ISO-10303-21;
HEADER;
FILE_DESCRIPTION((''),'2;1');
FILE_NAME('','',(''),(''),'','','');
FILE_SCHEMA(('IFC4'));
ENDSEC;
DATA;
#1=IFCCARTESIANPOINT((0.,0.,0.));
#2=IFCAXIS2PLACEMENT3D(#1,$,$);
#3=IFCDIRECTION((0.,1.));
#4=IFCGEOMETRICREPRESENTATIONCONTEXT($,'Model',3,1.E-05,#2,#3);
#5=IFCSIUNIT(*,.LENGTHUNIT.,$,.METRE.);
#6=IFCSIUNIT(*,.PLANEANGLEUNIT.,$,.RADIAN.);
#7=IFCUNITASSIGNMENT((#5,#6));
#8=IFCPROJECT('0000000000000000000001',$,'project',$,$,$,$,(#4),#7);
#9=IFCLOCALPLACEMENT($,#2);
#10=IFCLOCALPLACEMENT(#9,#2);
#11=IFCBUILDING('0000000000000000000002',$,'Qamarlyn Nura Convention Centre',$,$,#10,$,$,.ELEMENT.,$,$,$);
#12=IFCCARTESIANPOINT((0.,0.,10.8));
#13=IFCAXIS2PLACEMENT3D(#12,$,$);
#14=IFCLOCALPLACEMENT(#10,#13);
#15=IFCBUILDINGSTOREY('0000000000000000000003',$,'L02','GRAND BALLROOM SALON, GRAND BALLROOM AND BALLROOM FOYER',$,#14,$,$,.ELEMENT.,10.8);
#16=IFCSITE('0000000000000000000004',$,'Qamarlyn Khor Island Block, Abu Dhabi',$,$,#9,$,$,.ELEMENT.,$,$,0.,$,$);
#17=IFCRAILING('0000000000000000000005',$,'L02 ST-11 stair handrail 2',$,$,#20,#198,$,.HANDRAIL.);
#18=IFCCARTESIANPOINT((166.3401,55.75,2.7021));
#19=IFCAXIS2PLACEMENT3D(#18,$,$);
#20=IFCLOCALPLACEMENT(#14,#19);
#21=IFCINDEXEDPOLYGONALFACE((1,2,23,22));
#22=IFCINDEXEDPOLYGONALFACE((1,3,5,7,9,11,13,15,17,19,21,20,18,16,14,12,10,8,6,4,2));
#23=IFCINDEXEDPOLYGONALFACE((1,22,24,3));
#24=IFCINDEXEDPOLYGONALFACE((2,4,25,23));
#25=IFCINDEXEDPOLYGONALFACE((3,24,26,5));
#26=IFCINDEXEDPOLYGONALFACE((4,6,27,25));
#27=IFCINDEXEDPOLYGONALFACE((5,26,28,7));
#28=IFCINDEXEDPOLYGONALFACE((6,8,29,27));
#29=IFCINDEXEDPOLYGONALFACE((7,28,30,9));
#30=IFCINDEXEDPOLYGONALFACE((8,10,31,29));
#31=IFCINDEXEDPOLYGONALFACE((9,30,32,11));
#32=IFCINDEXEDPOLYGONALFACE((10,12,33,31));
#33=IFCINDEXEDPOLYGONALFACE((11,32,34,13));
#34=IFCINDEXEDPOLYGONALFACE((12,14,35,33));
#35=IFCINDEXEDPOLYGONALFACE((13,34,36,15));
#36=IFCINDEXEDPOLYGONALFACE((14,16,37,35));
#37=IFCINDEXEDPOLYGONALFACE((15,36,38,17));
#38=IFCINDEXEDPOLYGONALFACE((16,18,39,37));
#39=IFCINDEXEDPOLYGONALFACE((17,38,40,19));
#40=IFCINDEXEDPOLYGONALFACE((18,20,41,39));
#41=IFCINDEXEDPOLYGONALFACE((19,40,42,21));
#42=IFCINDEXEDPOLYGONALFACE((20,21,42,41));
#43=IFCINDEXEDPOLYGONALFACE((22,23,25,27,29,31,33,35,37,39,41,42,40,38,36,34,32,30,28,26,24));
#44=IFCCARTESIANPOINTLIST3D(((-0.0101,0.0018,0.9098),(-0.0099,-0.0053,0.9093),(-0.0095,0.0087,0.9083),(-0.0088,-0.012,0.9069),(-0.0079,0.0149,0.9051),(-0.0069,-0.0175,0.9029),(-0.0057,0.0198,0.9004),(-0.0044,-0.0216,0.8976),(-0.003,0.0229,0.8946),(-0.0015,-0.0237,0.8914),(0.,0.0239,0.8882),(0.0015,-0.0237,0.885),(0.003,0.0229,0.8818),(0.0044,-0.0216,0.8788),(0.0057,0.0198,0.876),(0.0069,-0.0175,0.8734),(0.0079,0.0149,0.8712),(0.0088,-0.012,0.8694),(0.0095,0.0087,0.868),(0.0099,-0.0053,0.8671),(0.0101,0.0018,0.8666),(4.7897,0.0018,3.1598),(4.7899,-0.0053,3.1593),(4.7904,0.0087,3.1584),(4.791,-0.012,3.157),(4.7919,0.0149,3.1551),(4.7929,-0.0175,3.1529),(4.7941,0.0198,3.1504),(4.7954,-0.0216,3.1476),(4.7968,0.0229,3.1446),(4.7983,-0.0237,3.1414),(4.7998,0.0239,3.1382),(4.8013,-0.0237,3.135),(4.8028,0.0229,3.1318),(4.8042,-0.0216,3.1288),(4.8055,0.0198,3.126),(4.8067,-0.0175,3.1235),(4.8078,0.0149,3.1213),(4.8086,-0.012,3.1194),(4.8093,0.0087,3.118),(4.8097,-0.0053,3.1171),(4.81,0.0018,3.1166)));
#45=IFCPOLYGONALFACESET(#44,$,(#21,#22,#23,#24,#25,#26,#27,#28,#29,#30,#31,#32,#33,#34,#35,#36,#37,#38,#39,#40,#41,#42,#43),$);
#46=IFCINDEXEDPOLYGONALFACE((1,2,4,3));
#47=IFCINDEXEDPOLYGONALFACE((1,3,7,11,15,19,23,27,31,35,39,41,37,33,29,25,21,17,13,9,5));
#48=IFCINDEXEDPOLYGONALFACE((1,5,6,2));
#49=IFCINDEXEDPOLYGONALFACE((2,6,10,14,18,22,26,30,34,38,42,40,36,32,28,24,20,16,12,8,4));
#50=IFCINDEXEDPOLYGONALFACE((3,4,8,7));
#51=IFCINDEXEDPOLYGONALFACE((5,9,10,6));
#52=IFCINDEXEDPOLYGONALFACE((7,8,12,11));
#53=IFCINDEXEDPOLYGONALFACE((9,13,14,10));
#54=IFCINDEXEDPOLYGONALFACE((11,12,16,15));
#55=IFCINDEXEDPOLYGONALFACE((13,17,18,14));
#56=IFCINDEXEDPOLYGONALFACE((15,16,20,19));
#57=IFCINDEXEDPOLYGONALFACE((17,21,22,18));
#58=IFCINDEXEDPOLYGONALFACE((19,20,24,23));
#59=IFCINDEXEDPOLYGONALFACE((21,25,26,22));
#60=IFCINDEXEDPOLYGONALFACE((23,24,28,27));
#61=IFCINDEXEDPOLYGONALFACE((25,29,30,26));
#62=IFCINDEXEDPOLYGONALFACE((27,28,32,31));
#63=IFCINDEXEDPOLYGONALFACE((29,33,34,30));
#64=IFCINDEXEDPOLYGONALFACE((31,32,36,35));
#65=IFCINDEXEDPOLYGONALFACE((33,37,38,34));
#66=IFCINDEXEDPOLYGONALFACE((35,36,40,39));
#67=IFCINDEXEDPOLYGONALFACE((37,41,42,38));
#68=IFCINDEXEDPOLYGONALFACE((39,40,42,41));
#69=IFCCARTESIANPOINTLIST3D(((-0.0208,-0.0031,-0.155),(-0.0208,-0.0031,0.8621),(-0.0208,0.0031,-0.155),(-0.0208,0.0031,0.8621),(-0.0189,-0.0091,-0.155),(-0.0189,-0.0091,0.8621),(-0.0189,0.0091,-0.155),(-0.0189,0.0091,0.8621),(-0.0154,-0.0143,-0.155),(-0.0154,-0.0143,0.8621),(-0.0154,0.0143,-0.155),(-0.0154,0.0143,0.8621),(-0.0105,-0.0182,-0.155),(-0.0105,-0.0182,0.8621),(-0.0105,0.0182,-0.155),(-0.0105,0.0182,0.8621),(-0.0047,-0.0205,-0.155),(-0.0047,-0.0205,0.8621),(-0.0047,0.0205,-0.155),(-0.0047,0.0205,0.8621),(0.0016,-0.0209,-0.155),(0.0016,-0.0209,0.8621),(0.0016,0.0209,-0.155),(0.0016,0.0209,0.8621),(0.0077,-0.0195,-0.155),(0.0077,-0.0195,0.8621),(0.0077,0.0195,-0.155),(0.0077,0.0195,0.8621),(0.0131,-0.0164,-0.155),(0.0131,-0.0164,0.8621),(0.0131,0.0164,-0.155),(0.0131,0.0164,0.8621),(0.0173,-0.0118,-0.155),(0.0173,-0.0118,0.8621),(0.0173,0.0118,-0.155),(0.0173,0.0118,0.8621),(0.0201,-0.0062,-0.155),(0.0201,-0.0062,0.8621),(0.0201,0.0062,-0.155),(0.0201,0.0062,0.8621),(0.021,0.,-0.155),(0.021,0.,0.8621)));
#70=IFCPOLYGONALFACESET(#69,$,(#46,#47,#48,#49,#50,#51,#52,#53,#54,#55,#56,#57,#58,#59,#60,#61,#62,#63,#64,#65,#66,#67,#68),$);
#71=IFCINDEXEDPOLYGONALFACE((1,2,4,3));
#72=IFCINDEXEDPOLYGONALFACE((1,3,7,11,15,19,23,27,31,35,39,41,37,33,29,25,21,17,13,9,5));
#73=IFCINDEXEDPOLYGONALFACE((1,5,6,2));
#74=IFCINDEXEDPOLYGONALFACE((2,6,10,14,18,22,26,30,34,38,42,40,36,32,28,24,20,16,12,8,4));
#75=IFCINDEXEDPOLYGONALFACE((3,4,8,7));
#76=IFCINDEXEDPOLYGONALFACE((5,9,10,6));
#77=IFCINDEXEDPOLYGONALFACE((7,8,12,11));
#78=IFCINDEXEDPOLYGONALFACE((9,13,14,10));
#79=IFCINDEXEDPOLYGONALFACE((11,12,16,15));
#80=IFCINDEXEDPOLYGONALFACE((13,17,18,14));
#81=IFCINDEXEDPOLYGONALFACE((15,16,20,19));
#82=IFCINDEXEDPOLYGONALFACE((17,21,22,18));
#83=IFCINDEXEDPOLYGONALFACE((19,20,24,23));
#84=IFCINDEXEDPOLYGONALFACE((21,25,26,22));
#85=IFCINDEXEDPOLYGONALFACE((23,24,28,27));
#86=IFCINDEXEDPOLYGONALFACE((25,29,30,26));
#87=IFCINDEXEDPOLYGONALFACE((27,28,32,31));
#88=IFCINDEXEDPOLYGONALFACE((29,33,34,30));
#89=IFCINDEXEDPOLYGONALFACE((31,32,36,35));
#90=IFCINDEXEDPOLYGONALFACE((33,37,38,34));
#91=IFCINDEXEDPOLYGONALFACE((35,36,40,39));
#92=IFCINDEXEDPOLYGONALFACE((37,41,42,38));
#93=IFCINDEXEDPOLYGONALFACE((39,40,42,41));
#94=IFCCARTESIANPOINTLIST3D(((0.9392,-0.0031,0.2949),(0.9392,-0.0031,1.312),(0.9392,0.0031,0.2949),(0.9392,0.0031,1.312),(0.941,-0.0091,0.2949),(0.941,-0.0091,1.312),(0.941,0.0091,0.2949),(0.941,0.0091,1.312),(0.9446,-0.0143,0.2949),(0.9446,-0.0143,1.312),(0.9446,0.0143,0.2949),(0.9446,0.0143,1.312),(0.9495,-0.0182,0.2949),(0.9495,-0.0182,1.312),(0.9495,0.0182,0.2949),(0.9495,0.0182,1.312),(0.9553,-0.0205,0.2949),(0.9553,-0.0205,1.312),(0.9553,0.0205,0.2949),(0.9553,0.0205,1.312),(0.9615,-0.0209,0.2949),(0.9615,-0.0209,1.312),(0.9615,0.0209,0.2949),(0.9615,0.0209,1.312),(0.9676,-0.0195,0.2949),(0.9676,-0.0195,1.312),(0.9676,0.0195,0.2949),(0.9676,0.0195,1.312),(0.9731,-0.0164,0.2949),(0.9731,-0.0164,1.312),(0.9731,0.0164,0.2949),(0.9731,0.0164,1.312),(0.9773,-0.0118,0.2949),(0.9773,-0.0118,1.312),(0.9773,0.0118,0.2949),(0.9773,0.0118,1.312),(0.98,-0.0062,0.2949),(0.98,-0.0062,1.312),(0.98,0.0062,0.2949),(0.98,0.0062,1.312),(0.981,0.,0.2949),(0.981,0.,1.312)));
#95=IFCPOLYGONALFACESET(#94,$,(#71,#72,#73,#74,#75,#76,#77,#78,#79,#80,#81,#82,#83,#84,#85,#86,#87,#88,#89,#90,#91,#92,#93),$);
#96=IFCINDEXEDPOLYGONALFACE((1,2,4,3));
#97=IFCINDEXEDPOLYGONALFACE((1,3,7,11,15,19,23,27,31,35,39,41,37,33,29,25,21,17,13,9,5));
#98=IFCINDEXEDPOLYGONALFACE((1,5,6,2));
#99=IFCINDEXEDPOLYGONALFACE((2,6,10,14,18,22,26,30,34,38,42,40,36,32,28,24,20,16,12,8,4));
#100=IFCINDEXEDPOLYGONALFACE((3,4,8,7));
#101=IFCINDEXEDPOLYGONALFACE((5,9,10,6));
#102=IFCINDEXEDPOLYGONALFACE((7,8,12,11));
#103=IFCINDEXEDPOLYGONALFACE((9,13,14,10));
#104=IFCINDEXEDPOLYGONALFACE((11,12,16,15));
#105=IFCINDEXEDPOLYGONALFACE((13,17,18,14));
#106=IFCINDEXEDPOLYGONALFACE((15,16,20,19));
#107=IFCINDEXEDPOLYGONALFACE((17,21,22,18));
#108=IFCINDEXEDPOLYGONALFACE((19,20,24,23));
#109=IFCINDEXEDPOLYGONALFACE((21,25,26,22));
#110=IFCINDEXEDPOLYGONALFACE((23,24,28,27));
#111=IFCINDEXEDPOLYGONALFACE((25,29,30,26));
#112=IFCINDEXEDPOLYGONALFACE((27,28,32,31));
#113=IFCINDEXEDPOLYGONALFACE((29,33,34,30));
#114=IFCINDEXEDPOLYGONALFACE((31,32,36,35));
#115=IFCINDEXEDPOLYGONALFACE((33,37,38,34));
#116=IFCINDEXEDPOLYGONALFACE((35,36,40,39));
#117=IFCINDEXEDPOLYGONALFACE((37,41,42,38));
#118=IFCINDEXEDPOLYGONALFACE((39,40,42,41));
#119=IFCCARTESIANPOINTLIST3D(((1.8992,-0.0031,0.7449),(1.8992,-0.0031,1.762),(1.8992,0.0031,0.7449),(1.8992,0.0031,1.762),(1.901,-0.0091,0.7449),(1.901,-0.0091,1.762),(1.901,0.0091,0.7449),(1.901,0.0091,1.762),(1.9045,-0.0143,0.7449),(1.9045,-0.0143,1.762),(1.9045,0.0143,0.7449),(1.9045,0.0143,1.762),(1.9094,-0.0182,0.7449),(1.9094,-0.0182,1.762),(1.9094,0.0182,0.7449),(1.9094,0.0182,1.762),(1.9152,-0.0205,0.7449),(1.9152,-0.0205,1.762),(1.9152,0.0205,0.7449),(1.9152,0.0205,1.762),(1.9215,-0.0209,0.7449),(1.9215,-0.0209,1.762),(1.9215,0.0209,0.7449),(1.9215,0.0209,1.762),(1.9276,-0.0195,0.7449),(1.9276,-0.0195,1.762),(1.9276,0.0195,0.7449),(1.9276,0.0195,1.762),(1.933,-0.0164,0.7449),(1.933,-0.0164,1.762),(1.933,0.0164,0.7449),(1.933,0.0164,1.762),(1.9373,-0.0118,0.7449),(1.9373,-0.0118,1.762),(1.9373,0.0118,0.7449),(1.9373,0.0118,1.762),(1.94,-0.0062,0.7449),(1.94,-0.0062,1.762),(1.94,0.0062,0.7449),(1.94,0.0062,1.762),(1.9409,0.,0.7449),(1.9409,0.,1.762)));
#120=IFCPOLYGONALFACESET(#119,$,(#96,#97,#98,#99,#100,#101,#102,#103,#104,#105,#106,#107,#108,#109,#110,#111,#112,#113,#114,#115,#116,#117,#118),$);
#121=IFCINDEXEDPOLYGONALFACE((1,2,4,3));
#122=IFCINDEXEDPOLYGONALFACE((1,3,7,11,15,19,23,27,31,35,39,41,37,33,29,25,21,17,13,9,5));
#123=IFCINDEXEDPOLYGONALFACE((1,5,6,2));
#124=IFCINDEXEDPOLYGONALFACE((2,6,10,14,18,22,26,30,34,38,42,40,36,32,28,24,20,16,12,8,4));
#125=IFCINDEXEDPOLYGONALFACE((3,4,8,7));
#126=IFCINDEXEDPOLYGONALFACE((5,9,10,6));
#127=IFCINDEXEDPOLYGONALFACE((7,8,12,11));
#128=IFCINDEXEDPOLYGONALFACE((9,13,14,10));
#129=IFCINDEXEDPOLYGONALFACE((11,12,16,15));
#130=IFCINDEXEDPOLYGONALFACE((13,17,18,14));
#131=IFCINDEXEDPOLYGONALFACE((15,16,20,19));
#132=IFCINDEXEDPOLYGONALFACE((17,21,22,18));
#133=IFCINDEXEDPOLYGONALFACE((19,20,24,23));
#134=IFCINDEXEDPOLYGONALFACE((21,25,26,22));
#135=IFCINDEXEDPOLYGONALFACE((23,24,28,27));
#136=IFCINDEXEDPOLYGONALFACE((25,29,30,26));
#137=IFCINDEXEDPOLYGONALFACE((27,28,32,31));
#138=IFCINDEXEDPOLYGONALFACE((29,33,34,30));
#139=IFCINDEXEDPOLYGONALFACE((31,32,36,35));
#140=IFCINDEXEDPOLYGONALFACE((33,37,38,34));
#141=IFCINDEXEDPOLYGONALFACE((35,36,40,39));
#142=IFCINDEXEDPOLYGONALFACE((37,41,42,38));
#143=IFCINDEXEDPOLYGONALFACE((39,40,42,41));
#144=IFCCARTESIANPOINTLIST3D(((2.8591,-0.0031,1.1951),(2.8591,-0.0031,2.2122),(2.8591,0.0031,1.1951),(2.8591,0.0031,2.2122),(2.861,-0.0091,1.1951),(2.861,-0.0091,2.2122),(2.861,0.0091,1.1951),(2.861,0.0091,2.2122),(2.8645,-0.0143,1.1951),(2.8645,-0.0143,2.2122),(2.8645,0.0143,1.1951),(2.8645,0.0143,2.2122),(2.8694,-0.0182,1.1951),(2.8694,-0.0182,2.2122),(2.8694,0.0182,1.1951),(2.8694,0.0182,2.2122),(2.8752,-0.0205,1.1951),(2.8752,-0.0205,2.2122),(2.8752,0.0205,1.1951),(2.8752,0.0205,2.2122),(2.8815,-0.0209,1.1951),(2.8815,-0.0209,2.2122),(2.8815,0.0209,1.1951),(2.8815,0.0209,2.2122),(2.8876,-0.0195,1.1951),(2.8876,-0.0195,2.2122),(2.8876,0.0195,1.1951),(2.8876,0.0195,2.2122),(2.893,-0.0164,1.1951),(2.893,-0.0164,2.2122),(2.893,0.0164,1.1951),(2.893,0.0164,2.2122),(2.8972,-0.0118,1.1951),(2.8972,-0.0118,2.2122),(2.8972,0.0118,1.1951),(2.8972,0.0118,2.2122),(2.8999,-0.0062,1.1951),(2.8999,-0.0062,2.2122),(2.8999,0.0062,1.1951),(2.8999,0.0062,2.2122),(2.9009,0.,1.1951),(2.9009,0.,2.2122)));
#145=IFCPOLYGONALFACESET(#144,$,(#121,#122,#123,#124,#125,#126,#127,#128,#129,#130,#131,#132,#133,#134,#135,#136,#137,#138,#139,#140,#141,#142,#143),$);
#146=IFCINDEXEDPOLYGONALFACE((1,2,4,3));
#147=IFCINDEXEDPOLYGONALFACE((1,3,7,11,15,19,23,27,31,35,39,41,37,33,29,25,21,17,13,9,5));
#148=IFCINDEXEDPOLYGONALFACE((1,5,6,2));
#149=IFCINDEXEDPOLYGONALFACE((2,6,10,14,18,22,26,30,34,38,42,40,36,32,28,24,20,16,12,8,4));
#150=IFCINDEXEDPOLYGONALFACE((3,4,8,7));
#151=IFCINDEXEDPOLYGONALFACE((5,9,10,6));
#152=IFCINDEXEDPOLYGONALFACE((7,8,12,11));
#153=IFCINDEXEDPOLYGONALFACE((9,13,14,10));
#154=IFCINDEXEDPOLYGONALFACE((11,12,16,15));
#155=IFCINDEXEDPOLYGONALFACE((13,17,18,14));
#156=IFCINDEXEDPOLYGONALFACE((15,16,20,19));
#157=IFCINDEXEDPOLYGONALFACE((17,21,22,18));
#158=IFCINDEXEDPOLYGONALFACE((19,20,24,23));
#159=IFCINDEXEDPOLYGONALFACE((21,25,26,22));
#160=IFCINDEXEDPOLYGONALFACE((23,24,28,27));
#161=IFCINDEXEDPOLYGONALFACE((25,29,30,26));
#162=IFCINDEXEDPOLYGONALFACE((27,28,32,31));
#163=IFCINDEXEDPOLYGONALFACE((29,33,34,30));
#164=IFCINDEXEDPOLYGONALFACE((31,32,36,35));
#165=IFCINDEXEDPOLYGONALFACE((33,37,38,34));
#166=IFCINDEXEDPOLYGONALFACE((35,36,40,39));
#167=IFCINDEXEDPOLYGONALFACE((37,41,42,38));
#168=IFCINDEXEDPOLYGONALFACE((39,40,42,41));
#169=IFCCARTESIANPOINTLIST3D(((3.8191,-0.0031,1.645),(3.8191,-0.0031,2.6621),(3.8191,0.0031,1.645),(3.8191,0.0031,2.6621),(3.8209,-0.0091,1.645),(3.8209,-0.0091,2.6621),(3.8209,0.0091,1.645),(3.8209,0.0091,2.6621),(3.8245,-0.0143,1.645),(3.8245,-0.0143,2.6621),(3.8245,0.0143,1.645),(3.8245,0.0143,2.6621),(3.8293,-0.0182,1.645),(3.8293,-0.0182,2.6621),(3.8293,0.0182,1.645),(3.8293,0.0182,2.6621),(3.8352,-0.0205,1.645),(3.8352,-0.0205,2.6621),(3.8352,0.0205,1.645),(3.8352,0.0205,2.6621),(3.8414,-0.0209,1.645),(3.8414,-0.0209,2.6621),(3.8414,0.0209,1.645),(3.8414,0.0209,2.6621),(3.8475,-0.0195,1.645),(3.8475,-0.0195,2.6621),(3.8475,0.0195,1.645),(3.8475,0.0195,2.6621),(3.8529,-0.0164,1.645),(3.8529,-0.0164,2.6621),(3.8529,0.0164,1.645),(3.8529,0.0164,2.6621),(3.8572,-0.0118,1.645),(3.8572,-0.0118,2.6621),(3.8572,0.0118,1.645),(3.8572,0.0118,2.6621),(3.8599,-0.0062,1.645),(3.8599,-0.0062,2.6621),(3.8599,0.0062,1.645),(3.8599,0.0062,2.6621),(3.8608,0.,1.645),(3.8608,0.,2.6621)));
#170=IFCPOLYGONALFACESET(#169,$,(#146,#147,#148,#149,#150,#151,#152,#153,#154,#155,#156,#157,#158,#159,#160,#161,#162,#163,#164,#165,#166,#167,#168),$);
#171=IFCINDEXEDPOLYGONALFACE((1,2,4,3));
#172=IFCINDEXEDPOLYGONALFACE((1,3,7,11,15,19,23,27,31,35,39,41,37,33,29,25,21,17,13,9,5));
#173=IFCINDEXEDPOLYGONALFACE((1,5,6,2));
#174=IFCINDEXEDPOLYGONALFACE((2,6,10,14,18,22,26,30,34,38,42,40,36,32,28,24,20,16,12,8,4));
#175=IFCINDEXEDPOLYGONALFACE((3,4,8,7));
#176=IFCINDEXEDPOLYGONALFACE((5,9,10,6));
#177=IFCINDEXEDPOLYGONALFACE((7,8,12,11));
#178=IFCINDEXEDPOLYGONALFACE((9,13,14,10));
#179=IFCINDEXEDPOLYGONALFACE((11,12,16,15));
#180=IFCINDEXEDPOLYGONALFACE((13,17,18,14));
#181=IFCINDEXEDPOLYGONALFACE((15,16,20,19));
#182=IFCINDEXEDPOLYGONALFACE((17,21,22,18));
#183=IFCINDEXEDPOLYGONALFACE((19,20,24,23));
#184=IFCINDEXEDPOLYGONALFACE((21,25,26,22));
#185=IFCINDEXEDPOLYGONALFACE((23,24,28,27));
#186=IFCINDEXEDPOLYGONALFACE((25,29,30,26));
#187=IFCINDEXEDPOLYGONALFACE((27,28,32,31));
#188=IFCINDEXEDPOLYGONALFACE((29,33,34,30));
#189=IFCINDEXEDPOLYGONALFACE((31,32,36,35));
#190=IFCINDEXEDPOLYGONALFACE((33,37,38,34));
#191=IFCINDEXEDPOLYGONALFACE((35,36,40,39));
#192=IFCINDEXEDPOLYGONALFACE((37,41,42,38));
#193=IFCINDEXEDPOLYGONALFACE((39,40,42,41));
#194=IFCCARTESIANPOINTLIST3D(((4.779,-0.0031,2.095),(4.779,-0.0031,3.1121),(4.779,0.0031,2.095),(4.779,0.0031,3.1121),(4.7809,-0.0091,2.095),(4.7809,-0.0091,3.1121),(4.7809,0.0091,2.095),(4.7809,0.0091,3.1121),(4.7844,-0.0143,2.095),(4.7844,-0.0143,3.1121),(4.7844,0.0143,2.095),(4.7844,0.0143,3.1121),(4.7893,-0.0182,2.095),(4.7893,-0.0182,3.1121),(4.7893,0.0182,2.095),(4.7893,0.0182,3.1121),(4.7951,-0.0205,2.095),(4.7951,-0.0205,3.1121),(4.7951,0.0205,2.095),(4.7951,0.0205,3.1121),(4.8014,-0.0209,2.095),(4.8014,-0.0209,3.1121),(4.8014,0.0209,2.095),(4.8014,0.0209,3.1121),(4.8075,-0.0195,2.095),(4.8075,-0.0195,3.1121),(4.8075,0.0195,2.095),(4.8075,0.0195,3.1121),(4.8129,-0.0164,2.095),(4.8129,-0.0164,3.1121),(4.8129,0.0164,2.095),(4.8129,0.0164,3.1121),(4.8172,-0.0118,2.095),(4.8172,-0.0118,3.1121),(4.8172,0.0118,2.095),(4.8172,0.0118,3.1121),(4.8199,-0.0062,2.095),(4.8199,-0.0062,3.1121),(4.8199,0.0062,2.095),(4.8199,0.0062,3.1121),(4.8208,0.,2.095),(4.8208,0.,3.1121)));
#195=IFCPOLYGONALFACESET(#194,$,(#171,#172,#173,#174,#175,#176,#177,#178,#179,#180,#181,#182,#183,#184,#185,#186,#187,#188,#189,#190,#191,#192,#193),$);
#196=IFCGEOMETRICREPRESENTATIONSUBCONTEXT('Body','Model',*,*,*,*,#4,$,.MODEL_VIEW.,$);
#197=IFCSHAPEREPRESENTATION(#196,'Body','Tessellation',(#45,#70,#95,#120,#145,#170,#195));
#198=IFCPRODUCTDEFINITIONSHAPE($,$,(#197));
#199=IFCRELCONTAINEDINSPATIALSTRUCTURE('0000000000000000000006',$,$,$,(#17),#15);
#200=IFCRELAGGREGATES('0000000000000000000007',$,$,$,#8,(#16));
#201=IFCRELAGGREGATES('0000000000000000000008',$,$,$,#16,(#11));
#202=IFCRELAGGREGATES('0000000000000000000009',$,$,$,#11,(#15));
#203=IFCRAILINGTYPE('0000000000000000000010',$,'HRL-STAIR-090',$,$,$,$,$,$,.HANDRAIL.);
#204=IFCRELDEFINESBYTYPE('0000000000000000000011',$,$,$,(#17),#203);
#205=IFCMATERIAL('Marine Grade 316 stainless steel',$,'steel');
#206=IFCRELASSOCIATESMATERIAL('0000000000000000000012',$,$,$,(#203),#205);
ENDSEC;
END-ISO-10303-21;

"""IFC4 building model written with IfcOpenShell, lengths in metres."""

from ifc_helpers import new_model, si_unit, direction, frame, origin, origin_2d, place, context, subcontext, project, spatial, circle, extrude, material, type_object, element, save


model = new_model("IFC4")

# Units and contexts
model_context = context("Model", 3, precision=1e-05, world=origin(), true_north=direction((0.0, 1.0)))
body_context = subcontext(model_context, "Body", "Model", "MODEL_VIEW")
ifc_project = project(units=[si_unit("LENGTHUNIT", "METRE"), si_unit("PLANEANGLEUNIT", "RADIAN")], contexts=[model_context])

# Site, building, storey
site_placement = place(None, origin())
site = spatial("IfcSite", under=ifc_project, at=site_placement, Name="Qamarlyn Khor Island Block, Abu Dhabi", CompositionType="ELEMENT", RefElevation=0.0)
building_placement = place(site_placement, origin())
building = spatial("IfcBuilding", under=site, at=building_placement, Name="Qamarlyn Nura Convention Centre", CompositionType="ELEMENT")
storey_placement = place(building_placement, frame((0.0, 0.0, 10.8)))
storey = spatial("IfcBuildingStorey", under=building, at=storey_placement, Name="L02", Description="GRAND BALLROOM SALON, GRAND BALLROOM AND BALLROOM FOYER", CompositionType="ELEMENT", Elevation=10.8)

# Railing
ifc_material_1 = material(Name="Marine Grade 316 stainless steel", Category="steel")
railing_type_1 = type_object("IfcRailingType", Name="HRL-STAIR-090", PredefinedType="HANDRAIL", material=ifc_material_1)
railing_1_placement = place(storey_placement, frame((166.3401, 55.75, 2.7021)))
element("IfcRailing", 1, at=railing_1_placement, inside=storey, type_object=railing_type_1, Name="L02 ST-11 stair handrail 2", PredefinedType="HANDRAIL", context=body_context, shape_type="SweptSolid", body=[
    extrude(circle(Radius=0.0239, at=origin_2d()), frame((0.0, 0.0, 0.8882), z_axis=(0.905452, 0.0, 0.424448), x_axis=(0.0, 1.0, 0.0)), (0.0, 0.0, 1.0), 5.301),
    extrude(circle(Radius=0.021, at=origin_2d()), frame((0.0, 0.0, -0.155)), (0.0, 0.0, 1.0), 1.0171),
    extrude(circle(Radius=0.021, at=origin_2d()), frame((0.96, 0.0, 0.2949)), (0.0, 0.0, 1.0), 1.0171),
    extrude(circle(Radius=0.021, at=origin_2d()), frame((1.9199, 0.0, 0.7449)), (0.0, 0.0, 1.0), 1.0171),
    extrude(circle(Radius=0.021, at=origin_2d()), frame((2.8799, 0.0, 1.1951)), (0.0, 0.0, 1.0), 1.0171),
    extrude(circle(Radius=0.021, at=origin_2d()), frame((3.8398, 0.0, 1.645)), (0.0, 0.0, 1.0), 1.0171),
    extrude(circle(Radius=0.021, at=origin_2d()), frame((4.7998, 0.0, 2.095)), (0.0, 0.0, 1.0), 1.0171),
])

save(model, "model.ifc")
